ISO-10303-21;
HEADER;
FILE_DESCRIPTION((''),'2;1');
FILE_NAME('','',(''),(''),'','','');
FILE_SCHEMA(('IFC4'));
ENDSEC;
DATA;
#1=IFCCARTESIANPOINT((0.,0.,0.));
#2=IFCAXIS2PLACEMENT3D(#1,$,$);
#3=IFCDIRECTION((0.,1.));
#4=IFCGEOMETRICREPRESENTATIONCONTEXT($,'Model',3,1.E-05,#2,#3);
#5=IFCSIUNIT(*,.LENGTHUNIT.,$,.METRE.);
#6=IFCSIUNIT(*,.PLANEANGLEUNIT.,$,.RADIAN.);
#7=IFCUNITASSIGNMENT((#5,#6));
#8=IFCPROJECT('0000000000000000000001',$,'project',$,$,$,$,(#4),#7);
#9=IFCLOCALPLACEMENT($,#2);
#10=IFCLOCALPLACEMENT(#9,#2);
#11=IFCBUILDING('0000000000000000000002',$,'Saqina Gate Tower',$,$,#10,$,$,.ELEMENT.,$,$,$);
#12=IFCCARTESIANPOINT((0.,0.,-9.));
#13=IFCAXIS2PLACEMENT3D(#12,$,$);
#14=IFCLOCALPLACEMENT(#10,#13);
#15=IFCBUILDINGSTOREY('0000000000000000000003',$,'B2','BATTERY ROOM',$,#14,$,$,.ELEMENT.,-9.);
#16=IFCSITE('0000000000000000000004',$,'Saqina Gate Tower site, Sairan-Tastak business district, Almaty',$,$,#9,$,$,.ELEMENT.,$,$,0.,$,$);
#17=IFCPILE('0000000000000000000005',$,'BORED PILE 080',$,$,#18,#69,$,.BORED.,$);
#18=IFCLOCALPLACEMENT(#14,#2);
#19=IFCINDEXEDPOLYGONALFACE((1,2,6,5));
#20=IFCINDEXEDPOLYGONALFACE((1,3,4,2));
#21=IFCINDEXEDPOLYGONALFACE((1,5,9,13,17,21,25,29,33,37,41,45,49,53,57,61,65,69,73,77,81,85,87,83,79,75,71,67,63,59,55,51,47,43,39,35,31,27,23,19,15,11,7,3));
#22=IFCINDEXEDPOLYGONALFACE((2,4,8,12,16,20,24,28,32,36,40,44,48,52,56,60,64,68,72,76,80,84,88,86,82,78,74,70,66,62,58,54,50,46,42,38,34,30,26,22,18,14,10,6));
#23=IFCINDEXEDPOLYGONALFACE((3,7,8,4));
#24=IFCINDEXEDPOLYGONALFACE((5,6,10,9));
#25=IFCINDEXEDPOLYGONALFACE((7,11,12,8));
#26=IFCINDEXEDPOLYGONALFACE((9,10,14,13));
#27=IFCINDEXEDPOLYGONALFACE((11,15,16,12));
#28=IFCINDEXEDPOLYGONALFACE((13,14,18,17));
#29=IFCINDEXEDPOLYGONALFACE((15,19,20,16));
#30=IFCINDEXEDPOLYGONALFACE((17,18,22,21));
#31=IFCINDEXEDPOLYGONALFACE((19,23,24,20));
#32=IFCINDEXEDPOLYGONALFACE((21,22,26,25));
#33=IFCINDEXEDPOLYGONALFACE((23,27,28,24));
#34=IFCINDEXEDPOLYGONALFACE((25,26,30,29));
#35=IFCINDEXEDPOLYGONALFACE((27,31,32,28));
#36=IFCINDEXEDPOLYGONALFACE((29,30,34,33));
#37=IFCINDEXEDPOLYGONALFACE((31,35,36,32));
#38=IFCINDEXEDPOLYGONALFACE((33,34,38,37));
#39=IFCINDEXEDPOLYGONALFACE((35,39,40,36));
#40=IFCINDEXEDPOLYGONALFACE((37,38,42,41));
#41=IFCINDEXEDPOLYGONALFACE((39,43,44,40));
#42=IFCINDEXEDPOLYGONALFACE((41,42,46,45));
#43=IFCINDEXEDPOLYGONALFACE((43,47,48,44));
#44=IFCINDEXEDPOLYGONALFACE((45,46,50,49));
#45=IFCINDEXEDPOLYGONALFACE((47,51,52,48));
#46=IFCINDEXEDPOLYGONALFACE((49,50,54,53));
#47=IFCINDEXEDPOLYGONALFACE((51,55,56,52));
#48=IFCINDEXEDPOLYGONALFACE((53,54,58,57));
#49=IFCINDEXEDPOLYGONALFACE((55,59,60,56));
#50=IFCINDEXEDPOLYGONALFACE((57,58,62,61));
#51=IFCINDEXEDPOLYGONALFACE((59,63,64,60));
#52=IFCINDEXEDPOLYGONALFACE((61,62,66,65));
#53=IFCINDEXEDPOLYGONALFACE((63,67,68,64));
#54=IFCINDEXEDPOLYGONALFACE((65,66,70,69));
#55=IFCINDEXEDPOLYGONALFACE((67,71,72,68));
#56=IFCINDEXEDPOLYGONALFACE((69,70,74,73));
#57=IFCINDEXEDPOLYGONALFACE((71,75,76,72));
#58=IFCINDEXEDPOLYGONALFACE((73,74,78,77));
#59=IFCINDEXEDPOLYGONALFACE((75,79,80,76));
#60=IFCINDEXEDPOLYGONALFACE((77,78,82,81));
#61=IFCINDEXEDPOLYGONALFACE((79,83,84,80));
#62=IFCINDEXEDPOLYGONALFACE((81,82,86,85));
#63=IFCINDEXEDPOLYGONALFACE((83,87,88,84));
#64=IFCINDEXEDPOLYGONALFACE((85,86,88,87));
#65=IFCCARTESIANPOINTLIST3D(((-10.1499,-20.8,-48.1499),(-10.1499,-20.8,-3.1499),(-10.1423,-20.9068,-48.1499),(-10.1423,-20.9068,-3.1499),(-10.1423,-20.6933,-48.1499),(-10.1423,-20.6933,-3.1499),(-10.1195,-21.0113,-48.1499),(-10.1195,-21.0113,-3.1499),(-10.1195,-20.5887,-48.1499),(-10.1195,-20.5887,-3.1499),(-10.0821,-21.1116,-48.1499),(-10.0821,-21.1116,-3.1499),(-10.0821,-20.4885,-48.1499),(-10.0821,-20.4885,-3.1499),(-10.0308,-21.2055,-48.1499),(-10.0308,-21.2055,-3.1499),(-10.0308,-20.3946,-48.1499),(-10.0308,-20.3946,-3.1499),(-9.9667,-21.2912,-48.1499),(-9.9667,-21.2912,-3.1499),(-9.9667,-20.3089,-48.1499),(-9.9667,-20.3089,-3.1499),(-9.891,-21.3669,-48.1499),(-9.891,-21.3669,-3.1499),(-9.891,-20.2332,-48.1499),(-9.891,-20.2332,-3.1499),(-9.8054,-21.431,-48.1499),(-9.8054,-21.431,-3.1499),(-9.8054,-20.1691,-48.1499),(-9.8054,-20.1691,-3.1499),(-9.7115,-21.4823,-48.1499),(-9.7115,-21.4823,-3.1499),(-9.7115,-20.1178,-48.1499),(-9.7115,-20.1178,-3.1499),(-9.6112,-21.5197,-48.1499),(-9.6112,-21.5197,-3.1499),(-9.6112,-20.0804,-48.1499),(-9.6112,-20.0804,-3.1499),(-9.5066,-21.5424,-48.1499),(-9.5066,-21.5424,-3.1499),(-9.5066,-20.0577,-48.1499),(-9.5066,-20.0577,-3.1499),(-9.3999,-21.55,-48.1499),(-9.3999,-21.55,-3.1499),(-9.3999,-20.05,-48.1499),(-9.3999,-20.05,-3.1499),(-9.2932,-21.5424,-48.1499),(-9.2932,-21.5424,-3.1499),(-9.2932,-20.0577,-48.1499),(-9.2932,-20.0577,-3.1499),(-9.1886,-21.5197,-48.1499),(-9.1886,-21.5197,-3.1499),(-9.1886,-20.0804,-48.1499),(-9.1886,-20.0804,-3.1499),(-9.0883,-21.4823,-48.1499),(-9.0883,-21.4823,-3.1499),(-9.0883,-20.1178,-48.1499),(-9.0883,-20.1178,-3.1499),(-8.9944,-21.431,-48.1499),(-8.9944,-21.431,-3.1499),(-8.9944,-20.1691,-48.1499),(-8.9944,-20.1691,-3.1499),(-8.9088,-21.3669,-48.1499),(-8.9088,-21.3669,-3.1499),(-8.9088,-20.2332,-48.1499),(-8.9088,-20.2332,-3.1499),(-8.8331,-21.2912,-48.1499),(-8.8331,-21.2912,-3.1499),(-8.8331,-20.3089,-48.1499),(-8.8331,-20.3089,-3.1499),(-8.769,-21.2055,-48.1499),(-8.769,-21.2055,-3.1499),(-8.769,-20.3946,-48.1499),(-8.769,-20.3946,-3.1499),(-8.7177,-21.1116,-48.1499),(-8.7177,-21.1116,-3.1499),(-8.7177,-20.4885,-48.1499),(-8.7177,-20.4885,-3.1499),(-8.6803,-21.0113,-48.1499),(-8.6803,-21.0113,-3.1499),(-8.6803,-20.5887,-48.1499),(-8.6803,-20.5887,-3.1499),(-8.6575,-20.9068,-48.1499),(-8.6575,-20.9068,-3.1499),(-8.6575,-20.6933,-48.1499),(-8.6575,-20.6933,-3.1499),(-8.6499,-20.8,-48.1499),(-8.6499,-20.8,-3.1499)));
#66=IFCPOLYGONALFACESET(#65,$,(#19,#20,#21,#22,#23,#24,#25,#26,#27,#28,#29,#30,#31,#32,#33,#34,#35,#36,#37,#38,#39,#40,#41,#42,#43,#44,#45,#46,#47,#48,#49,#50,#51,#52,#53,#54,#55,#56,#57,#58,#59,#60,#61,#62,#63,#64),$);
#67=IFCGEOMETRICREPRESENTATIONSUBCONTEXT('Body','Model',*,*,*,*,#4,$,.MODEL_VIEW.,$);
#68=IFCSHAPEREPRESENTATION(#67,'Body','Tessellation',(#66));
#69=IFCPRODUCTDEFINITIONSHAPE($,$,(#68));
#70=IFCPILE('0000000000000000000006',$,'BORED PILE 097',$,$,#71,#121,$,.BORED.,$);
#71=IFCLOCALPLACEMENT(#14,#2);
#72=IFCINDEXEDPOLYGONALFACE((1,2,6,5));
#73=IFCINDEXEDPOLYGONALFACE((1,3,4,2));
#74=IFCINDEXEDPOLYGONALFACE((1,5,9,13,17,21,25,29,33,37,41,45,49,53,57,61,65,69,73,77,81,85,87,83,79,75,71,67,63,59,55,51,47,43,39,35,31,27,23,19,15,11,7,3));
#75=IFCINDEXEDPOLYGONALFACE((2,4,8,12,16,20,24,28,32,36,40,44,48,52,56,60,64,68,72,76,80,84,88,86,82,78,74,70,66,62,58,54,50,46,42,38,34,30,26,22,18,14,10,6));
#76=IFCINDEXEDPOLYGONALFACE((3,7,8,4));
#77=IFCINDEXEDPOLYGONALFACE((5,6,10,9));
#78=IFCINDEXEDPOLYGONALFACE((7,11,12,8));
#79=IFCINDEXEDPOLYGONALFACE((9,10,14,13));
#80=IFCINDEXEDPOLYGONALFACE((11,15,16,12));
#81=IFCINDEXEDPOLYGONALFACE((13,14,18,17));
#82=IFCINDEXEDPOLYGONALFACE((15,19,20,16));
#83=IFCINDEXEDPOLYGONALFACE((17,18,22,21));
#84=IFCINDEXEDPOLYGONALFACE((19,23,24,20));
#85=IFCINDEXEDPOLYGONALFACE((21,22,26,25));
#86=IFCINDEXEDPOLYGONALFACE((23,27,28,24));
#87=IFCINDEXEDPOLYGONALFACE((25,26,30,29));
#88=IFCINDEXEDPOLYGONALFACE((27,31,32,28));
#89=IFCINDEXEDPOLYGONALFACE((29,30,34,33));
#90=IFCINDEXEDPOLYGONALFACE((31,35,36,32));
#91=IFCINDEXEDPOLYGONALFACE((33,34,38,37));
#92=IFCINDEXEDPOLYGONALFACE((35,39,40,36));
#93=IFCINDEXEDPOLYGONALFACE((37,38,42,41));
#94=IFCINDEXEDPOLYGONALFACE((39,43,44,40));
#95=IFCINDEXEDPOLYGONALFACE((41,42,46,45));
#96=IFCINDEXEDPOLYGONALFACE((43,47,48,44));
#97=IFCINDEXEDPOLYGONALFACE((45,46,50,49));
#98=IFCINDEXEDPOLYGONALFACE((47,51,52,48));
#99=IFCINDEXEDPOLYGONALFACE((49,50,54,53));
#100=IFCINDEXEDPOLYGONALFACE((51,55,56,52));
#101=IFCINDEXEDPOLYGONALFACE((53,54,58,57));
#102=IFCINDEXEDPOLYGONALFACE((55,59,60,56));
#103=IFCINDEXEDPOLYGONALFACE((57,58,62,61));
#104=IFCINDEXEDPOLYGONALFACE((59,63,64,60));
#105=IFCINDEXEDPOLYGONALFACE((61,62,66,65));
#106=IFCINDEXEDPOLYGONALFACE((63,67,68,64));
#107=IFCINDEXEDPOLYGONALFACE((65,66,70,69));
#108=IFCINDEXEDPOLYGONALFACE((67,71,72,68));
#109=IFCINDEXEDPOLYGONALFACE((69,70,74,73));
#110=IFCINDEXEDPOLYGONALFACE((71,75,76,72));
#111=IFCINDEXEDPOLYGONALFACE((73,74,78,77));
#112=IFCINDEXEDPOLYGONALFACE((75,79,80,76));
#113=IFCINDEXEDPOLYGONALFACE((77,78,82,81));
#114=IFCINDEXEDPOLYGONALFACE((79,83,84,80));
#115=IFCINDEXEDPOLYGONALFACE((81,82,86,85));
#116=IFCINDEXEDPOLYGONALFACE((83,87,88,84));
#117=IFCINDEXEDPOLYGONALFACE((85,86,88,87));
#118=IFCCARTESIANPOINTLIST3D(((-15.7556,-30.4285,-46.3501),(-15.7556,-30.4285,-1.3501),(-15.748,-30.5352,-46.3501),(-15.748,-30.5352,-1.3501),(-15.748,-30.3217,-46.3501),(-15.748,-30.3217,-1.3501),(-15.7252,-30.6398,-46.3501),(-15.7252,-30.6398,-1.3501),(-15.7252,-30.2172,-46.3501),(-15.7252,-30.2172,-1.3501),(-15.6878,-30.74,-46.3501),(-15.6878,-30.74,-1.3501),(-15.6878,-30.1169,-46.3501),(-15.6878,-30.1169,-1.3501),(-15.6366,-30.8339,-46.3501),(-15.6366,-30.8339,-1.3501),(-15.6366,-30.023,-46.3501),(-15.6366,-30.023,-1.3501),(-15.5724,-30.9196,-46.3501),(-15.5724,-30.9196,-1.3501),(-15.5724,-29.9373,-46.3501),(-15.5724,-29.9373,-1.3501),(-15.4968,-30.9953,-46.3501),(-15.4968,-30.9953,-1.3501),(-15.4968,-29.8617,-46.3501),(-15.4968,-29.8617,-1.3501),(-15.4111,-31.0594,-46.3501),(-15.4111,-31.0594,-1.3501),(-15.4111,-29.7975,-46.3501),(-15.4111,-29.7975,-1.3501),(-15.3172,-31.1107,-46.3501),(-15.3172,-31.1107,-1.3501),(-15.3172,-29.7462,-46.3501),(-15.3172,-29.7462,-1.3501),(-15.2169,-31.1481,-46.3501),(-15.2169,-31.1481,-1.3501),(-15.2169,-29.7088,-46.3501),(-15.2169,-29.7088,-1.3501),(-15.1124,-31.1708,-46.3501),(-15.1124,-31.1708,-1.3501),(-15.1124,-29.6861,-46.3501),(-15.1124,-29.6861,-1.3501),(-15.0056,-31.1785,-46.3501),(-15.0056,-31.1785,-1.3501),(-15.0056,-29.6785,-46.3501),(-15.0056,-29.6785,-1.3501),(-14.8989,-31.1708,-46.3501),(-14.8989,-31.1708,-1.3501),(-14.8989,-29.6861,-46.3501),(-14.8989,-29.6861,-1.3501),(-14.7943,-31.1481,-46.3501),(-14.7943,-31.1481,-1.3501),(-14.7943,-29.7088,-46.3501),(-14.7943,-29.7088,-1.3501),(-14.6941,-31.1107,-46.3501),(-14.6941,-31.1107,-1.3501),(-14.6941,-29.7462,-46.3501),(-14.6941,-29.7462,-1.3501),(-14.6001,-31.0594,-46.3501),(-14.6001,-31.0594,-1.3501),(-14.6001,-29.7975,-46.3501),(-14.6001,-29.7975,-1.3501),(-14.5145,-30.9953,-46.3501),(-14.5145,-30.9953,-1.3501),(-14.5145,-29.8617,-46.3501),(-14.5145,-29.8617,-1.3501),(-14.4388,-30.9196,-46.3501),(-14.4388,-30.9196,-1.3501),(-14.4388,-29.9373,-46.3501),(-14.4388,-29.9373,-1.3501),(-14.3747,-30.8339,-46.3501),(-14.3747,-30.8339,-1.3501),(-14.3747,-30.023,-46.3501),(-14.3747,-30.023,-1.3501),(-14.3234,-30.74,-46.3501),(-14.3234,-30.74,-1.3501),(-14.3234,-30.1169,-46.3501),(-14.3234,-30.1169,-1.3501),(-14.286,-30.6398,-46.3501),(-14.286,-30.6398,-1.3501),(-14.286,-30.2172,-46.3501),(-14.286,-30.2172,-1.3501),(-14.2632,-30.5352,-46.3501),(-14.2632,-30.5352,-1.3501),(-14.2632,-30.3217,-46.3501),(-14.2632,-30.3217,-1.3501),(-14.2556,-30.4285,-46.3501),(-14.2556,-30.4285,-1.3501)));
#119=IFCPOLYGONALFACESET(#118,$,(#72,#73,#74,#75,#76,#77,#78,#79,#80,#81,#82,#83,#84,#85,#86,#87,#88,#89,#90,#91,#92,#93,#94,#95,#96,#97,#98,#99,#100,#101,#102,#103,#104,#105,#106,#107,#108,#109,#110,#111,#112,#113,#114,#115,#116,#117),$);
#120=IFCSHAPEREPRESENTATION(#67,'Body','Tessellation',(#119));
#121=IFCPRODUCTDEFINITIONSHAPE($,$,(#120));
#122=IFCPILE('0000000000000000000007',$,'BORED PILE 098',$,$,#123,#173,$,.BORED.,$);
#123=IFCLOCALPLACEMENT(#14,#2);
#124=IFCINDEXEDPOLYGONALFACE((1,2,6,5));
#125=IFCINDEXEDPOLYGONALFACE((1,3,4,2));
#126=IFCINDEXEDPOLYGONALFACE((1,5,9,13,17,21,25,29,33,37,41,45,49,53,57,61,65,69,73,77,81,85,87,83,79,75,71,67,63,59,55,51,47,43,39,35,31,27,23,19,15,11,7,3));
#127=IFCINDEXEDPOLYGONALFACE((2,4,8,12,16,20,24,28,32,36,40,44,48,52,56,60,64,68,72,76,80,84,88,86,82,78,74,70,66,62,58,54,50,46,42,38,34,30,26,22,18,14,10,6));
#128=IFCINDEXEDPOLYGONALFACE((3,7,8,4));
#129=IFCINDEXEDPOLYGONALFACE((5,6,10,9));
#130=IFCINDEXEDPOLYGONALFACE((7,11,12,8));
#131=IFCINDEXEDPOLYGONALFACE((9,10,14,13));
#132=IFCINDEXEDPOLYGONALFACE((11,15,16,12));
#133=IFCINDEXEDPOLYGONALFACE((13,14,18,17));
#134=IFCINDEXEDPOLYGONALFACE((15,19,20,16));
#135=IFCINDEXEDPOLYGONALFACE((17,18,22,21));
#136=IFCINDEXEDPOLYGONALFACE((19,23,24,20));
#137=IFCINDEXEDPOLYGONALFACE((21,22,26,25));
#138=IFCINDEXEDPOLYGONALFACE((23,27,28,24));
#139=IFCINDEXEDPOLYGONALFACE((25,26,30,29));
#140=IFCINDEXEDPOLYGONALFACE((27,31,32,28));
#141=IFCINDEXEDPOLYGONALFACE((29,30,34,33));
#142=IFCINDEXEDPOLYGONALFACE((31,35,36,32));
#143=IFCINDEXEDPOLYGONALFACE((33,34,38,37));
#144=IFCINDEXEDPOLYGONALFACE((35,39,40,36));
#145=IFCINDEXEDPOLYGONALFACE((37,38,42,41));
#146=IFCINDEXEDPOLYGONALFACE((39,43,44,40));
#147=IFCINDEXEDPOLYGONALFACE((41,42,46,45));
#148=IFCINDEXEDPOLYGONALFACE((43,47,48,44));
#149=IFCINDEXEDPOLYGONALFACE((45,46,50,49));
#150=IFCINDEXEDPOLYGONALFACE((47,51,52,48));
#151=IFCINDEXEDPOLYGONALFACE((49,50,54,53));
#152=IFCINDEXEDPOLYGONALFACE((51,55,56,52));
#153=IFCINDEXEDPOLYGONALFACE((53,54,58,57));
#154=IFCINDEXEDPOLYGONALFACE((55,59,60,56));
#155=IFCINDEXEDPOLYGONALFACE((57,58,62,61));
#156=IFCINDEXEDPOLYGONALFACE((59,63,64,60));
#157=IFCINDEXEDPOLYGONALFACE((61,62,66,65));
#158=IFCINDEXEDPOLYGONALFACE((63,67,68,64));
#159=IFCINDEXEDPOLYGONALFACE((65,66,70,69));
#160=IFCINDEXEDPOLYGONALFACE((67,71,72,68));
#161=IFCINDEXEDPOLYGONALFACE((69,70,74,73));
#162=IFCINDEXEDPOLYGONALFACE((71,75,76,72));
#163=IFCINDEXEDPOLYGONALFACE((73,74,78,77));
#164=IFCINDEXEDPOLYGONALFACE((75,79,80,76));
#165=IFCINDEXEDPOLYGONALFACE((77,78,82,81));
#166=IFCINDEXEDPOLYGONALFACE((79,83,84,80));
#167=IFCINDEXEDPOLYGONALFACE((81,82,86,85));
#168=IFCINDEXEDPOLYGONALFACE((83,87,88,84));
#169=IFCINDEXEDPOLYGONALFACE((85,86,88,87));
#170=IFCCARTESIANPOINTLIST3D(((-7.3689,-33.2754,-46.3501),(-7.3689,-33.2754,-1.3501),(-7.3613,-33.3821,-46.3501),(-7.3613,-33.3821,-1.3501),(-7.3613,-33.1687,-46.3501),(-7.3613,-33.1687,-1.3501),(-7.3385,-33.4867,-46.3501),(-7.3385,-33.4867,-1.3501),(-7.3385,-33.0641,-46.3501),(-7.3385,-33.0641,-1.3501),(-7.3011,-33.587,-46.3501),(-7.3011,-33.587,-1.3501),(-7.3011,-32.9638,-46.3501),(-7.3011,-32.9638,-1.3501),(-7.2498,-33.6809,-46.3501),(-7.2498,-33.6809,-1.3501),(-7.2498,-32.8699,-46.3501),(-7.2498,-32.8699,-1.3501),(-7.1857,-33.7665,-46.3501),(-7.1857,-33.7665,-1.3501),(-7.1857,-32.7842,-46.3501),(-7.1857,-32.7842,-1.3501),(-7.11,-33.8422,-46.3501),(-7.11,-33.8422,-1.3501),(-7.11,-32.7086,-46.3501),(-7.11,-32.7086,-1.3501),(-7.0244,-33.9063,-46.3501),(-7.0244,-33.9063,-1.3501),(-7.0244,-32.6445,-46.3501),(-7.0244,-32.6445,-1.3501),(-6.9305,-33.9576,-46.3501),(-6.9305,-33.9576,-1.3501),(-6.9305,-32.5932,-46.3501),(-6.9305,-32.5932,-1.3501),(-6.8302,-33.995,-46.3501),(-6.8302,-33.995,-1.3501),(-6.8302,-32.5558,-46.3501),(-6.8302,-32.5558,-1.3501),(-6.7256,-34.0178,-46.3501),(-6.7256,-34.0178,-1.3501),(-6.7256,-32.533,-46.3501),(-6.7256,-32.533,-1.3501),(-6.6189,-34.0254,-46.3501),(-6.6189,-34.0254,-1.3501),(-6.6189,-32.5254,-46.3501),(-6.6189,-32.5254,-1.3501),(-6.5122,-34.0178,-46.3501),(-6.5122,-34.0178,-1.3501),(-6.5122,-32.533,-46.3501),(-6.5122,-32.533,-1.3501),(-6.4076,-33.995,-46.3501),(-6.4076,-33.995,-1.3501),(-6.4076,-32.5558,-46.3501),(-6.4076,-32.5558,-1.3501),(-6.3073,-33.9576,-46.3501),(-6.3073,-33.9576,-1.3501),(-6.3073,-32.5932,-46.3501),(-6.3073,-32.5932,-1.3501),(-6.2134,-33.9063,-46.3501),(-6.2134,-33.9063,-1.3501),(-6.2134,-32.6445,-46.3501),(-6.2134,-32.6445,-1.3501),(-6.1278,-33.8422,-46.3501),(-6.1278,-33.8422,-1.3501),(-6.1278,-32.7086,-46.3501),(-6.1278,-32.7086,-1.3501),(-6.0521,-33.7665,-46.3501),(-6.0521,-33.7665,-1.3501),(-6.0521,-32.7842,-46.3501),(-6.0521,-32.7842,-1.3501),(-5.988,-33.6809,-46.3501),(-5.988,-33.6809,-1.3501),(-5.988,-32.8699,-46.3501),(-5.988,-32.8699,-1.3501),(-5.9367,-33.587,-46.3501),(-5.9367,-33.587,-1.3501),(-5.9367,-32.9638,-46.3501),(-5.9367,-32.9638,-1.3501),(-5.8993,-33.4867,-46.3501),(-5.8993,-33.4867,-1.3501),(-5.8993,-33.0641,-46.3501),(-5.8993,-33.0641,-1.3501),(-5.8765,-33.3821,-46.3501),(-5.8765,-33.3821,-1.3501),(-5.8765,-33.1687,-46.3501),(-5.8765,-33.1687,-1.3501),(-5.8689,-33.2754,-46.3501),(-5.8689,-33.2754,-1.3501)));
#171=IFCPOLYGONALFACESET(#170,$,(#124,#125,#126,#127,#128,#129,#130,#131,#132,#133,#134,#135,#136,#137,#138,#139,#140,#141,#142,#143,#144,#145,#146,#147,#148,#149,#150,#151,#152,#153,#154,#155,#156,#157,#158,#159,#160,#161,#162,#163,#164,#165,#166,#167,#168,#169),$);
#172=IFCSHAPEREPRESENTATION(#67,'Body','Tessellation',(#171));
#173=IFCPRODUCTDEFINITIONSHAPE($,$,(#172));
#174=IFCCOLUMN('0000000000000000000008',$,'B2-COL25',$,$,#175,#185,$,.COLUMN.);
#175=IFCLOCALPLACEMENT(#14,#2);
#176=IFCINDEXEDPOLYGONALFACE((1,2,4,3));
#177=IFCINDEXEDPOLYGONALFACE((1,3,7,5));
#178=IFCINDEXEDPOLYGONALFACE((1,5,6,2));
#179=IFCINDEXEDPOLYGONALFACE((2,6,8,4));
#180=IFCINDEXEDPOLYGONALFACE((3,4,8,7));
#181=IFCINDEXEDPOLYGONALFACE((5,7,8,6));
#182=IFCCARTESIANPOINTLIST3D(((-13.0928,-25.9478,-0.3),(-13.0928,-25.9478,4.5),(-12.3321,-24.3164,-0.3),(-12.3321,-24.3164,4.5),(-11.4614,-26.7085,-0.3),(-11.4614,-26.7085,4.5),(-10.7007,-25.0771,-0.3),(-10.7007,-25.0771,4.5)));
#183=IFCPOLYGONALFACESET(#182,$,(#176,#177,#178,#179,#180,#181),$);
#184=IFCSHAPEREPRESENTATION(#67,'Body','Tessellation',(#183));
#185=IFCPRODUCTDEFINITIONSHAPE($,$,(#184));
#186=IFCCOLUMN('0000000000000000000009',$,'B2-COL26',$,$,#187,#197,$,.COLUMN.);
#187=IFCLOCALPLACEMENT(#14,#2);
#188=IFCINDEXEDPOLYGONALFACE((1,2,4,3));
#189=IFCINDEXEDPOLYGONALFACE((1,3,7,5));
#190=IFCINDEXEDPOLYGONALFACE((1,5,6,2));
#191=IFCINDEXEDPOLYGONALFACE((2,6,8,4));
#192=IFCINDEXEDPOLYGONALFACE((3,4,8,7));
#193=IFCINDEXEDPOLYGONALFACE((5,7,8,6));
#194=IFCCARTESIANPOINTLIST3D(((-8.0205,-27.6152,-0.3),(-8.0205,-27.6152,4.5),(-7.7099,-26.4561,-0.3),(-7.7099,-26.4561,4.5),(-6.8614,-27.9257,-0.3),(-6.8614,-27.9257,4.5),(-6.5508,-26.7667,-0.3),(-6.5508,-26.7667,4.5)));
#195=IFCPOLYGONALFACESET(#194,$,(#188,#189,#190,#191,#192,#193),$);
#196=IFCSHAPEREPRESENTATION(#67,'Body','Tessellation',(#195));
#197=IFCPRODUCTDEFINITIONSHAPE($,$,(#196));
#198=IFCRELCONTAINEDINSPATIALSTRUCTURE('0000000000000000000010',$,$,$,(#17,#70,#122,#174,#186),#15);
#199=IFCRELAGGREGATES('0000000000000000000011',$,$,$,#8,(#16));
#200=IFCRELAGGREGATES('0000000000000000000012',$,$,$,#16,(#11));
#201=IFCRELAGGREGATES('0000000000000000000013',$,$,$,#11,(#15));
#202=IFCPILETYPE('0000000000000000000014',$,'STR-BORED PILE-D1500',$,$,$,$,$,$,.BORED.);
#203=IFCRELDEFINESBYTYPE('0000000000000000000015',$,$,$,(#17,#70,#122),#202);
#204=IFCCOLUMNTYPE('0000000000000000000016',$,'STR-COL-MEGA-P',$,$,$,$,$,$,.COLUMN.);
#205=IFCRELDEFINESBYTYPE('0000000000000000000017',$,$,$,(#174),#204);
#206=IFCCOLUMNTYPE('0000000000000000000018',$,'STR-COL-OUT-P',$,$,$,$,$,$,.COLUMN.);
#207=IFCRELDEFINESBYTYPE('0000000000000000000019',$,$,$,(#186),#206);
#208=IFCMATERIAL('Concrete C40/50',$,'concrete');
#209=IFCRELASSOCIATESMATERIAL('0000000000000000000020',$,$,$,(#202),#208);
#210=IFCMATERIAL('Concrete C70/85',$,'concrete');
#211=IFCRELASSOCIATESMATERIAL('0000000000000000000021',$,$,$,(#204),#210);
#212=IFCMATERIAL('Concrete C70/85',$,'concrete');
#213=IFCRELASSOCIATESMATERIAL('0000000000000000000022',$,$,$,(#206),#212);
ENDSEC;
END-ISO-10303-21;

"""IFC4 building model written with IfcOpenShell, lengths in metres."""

from ifc_helpers import new_model, si_unit, direction, frame, origin, origin_2d, place, context, subcontext, project, spatial, rectangle, circle, extrude, material, material_profile, profile_set, type_object, element, save


model = new_model("IFC4")

# Units and contexts
model_context = context("Model", 3, precision=1e-05, world=origin(), true_north=direction((0.0, 1.0)))
body_context = subcontext(model_context, "Body", "Model", "MODEL_VIEW")
ifc_project = project(units=[si_unit("LENGTHUNIT", "METRE"), si_unit("PLANEANGLEUNIT", "RADIAN")], contexts=[model_context])

# Site, building, storey
site_placement = place(None, origin())
site = spatial("IfcSite", under=ifc_project, at=site_placement, Name="Saqina Gate Tower site, Sairan-Tastak business district, Almaty", CompositionType="ELEMENT", RefElevation=0.0)
building_placement = place(site_placement, origin())
building = spatial("IfcBuilding", under=site, at=building_placement, Name="Saqina Gate Tower", CompositionType="ELEMENT")
storey_placement = place(building_placement, frame((0.0, 0.0, -9.0)))
storey = spatial("IfcBuildingStorey", under=building, at=storey_placement, Name="B2", Description="BATTERY ROOM", CompositionType="ELEMENT", Elevation=-9.0)

# Piles
ifc_material_1 = material(Name="Concrete C40/50", Category="concrete")
ifc_material_profile_1 = material_profile(ifc_material_1, circle(Radius=0.75, at=origin_2d()), Name="RC D1500")
ifc_profile_set_1 = profile_set([ifc_material_profile_1], Name="Concrete C40/50")
pile_type = type_object("IfcPileType", Name="STR-BORED PILE-D1500", PredefinedType="BORED", material=ifc_profile_set_1)
for number, where, z_axis, x_axis, name in (
    (1, (-9.3999, -20.8, -3.1499), (0.0, 0.0, -1.0), (1.0, 0.0, 0.0), "BORED PILE 080"),
    (2, (-15.0056, -30.4285, -1.3501), (0.0, 0.0, -1.0), (1.0, 0.0, 0.0), "BORED PILE 097"),
    (3, (-6.6189, -33.2754, -1.3501), (0.0, 0.0, -1.0), (1.0, 0.0, 0.0), "BORED PILE 098"),
):
    element("IfcPile", number, at=place(storey_placement, frame(where, z_axis=z_axis, x_axis=x_axis)), inside=storey, type_object=pile_type, Name=name, PredefinedType="BORED", context=body_context, shape_type="SweptSolid", body=[
        extrude(circle(Radius=0.75, at=origin_2d()), origin(), (0.0, 0.0, 1.0), 45.0),
    ])

# Columns
ifc_material_2 = material(Name="Concrete C70/85", Category="concrete")
ifc_material_profile_2 = material_profile(ifc_material_2, rectangle(XDim=1.8, YDim=1.8, at=origin_2d()), Name="RC 1800x1800")
ifc_profile_set_2 = profile_set([ifc_material_profile_2], Name="Concrete C70/85")
column_type_1 = type_object("IfcColumnType", Name="STR-COL-MEGA-P", PredefinedType="COLUMN", material=ifc_profile_set_2)
column_placement = place(storey_placement, frame((-11.8967, -25.5125, -0.3), z_axis=(0.0, 0.0, 1.0), x_axis=(-0.422618, -0.906308, 0.0)))
element("IfcColumn", 4, at=column_placement, inside=storey, type_object=column_type_1, Name="B2-COL25", PredefinedType="COLUMN", context=body_context, shape_type="SweptSolid", body=[
    extrude(rectangle(XDim=1.8, YDim=1.8, at=origin_2d()), origin(), (0.0, 0.0, 1.0), 4.8),
])
ifc_material_3 = material(Name="Concrete C70/85", Category="concrete")
ifc_material_profile_3 = material_profile(ifc_material_3, rectangle(XDim=1.2, YDim=1.2, at=origin_2d()), Name="RC 1200x1200")
ifc_profile_set_3 = profile_set([ifc_material_profile_3], Name="Concrete C70/85")
column_type_2 = type_object("IfcColumnType", Name="STR-COL-OUT-P", PredefinedType="COLUMN", material=ifc_profile_set_3)
for number, where, z_axis, x_axis, name in (
    (5, (-7.2856, -27.1909, -0.3), (0.0, 0.0, 1.0), (-0.258819, -0.965926, 0.0), "B2-COL26"),
):
    element("IfcColumn", number, at=place(storey_placement, frame(where, z_axis=z_axis, x_axis=x_axis)), inside=storey, type_object=column_type_2, Name=name, PredefinedType="COLUMN", context=body_context, shape_type="SweptSolid", body=[
        extrude(rectangle(XDim=1.2, YDim=1.2, at=origin_2d()), origin(), (0.0, 0.0, 1.0), 4.8),
    ])

save(model, "model.ifc")
